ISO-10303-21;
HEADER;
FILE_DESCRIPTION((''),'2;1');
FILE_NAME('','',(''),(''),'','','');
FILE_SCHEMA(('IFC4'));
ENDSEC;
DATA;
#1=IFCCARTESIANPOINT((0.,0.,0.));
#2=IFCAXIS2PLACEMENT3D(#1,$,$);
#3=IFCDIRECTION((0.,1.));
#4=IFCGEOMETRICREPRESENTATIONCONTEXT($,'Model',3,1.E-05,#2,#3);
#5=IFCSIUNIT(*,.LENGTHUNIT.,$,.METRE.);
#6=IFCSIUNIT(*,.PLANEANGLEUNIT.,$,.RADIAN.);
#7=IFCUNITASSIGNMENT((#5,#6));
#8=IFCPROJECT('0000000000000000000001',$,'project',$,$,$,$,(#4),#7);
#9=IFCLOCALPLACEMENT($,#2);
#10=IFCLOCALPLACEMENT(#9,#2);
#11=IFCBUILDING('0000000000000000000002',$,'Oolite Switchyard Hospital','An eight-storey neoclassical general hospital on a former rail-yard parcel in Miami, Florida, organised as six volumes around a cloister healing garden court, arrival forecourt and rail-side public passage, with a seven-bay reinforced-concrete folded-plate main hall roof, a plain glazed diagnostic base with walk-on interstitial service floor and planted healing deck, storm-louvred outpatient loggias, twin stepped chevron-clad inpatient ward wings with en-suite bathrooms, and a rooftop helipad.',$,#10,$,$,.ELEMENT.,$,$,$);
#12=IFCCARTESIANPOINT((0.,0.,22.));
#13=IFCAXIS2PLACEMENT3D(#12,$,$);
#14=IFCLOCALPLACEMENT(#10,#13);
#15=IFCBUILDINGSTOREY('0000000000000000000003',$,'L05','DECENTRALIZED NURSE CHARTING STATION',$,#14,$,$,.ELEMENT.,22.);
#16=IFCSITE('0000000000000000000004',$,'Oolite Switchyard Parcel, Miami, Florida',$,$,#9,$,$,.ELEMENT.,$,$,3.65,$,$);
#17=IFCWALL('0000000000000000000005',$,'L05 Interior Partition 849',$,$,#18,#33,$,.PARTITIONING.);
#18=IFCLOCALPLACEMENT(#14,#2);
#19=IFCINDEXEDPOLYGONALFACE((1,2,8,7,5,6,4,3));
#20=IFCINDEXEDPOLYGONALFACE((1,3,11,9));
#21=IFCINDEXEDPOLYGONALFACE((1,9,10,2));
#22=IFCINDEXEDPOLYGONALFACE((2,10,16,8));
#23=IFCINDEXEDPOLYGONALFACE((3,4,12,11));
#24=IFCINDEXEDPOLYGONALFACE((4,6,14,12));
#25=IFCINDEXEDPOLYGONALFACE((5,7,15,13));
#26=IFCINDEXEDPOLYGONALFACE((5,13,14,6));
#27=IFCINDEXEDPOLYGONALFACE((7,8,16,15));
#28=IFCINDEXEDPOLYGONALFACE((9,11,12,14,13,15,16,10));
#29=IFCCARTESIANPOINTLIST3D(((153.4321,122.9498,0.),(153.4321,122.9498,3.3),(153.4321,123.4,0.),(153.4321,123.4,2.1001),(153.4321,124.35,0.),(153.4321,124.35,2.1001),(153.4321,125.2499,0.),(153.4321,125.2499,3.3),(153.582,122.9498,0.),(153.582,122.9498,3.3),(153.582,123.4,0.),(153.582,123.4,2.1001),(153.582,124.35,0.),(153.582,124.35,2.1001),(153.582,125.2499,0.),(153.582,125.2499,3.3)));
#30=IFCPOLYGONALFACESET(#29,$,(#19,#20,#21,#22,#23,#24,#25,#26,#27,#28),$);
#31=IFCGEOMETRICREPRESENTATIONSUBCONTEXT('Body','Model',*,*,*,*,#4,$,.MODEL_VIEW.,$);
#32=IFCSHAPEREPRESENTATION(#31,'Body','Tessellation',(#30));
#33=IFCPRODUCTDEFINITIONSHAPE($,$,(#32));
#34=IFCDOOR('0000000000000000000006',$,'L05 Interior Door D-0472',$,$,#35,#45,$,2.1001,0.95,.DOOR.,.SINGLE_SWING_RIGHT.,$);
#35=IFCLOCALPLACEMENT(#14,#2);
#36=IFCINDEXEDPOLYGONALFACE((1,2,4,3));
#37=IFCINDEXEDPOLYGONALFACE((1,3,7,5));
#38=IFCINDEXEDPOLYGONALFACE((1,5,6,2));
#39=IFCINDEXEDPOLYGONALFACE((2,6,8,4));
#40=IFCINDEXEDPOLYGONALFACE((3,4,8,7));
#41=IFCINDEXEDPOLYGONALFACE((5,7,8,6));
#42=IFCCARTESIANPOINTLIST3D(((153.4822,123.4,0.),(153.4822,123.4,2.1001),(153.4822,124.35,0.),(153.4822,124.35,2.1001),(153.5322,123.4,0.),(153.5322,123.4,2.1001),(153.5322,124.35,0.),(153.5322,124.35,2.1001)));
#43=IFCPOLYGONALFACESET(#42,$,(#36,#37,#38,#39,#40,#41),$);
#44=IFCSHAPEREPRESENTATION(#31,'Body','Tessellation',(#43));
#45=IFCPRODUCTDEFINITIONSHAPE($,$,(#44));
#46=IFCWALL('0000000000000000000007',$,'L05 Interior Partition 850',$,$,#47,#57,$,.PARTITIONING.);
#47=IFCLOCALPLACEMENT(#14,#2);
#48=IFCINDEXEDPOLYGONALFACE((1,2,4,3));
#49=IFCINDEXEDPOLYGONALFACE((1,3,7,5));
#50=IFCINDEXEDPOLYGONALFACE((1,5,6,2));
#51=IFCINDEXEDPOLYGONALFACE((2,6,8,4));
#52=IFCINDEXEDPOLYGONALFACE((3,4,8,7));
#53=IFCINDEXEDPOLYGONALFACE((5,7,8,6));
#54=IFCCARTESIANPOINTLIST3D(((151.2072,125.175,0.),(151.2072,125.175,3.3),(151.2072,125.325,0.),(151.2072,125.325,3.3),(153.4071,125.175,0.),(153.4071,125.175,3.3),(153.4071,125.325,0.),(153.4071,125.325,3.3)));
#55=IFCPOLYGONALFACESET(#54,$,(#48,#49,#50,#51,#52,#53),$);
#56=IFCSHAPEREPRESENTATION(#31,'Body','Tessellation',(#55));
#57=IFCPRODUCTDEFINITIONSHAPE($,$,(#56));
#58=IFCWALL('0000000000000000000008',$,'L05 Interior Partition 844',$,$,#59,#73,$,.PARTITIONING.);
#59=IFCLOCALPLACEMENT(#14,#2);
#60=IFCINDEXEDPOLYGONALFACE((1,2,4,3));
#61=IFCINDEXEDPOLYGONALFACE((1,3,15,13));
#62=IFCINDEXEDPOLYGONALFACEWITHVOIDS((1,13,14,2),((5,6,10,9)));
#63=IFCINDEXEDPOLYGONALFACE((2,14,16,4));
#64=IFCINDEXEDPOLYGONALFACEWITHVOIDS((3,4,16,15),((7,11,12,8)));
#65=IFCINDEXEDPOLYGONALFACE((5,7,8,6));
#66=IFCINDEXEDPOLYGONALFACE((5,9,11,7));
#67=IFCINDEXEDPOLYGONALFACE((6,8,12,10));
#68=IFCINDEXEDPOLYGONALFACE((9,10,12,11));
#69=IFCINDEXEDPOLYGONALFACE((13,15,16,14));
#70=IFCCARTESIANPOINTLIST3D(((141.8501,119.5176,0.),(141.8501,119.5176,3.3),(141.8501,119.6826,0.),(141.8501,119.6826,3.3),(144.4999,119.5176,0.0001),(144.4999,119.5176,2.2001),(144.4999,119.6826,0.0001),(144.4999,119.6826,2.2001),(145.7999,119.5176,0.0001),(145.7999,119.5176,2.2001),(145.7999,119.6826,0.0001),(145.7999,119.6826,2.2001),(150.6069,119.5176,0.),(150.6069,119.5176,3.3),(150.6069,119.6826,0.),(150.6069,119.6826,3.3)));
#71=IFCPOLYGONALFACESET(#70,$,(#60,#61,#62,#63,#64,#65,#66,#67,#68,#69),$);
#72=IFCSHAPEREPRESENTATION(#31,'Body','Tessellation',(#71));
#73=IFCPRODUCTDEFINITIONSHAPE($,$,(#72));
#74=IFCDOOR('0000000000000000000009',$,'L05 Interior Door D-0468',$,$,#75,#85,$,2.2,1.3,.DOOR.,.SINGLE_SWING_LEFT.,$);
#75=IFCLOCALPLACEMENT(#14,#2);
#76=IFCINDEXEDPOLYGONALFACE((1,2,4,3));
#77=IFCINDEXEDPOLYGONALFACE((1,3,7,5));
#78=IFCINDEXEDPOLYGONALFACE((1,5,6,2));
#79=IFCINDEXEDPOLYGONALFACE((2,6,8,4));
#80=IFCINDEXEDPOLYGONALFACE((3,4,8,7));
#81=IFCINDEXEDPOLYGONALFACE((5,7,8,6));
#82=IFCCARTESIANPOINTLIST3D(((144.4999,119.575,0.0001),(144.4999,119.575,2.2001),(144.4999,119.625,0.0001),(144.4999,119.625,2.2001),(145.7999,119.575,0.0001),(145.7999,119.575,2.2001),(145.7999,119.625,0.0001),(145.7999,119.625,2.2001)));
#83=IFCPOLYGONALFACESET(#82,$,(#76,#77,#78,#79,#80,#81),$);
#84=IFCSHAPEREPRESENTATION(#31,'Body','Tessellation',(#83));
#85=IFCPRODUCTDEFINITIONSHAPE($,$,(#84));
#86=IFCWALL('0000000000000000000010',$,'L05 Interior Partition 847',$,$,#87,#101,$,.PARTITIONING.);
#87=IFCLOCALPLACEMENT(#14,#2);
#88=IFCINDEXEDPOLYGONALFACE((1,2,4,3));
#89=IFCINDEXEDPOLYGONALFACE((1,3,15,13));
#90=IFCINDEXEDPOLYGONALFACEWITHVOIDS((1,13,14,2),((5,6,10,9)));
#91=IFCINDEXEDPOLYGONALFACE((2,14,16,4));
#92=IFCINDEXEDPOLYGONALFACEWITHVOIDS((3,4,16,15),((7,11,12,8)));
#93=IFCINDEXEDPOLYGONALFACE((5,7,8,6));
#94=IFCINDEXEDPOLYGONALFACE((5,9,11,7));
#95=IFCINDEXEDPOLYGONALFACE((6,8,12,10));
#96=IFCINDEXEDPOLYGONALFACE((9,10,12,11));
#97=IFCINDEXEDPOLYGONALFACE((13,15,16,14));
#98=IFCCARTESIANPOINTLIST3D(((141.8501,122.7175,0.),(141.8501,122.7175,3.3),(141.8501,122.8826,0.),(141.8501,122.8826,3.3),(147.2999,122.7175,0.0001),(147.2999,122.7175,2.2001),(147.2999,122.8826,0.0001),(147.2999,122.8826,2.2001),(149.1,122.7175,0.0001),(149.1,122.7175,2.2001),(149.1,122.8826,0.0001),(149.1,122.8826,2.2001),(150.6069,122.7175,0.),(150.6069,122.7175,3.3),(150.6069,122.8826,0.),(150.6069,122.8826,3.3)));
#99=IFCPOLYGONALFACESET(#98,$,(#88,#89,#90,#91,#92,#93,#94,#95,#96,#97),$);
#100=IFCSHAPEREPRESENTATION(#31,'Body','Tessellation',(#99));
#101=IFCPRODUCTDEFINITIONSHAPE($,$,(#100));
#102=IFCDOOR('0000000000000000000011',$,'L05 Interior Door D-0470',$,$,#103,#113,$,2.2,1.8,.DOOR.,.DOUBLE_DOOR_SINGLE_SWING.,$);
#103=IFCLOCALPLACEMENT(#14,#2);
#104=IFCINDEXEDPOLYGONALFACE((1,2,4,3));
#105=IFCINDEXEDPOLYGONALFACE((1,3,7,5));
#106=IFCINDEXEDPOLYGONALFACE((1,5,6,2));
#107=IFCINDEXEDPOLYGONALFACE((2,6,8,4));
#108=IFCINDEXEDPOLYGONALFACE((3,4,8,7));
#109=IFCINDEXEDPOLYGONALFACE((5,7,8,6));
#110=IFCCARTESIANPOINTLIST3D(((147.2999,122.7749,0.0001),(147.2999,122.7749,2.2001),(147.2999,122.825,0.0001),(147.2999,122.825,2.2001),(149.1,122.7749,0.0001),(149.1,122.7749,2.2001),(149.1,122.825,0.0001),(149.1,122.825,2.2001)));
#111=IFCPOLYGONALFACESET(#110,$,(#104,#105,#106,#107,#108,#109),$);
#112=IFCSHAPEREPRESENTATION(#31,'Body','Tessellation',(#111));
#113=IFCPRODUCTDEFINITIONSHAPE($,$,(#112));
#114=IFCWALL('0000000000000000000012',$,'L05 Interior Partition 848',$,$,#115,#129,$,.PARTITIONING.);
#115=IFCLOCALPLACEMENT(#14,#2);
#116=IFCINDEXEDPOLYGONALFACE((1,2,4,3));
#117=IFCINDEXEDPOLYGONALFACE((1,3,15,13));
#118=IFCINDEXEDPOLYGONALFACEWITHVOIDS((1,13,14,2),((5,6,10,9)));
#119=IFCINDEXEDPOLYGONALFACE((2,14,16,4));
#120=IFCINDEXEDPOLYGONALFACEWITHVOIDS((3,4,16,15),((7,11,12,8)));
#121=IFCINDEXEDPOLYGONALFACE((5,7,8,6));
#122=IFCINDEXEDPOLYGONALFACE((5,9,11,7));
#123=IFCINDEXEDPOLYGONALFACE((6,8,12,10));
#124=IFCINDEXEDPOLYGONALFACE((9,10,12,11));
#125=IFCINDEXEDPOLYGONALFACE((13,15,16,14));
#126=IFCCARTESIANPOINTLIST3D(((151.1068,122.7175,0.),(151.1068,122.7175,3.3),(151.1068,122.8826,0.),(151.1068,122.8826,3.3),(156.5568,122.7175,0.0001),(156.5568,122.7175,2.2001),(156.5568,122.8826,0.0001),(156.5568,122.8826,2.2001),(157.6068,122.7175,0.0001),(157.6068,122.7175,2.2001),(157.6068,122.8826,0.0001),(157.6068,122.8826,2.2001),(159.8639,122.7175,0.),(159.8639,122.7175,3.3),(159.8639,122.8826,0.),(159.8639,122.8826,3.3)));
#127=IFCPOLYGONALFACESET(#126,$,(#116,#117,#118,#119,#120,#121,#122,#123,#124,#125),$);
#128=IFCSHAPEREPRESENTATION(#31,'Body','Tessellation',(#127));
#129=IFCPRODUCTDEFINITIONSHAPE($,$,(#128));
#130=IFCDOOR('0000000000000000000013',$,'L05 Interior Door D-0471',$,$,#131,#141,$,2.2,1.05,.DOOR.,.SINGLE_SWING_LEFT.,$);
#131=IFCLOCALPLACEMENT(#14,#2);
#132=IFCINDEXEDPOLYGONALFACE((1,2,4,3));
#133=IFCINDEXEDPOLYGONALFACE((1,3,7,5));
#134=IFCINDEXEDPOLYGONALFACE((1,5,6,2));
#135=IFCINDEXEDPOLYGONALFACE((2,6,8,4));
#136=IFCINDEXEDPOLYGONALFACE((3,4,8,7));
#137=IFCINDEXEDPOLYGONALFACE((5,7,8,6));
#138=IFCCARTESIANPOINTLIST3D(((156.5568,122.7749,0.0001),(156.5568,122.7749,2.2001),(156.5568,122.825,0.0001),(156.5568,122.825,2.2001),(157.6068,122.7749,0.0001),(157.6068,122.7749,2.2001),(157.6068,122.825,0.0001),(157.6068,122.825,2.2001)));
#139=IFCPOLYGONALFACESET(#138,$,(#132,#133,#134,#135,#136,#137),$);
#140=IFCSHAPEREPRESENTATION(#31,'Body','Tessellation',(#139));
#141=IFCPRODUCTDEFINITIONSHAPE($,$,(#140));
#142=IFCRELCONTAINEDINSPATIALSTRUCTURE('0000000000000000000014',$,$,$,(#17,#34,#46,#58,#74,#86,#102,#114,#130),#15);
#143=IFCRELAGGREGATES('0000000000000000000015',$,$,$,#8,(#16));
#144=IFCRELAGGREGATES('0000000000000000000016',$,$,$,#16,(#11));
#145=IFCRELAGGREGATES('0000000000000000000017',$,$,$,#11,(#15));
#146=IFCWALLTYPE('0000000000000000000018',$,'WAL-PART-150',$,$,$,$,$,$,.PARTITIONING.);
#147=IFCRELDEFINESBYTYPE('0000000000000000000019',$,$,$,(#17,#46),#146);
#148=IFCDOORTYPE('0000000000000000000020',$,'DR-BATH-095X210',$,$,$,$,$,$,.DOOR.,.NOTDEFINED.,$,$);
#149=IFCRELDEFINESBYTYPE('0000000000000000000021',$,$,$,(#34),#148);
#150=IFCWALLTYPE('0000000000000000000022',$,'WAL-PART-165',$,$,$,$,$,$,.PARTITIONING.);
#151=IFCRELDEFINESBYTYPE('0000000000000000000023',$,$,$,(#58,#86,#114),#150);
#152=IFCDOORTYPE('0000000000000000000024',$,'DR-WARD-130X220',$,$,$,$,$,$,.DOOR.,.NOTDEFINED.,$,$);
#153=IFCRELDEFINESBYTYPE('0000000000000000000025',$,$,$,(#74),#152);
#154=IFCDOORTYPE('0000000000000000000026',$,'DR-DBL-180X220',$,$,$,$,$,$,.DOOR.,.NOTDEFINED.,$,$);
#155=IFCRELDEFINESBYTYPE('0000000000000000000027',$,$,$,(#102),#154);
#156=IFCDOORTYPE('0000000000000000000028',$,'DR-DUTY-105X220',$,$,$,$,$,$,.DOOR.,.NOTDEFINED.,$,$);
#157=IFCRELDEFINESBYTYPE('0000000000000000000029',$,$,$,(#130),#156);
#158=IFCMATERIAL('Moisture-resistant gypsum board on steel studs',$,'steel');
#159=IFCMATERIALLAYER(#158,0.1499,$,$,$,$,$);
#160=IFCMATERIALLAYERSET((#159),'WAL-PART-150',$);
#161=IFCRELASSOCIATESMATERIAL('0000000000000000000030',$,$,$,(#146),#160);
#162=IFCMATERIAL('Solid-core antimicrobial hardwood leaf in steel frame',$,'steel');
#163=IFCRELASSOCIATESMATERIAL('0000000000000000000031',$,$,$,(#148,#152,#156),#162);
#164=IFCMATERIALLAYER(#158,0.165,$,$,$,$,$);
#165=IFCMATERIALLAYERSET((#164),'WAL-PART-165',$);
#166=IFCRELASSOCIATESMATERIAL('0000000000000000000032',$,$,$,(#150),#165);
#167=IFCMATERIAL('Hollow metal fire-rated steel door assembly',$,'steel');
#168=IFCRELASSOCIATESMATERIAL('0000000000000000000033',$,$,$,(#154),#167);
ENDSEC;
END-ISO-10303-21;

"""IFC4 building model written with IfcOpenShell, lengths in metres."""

from ifc_helpers import new_model, si_unit, direction, frame, frame_2d, origin, place, context, subcontext, project, spatial, rectangle, extrude, material, layer, layer_set, type_object, element, fill, save


model = new_model("IFC4")

# Units and contexts
model_context = context("Model", 3, precision=1e-05, world=origin(), true_north=direction((0.0, 1.0)))
body_context = subcontext(model_context, "Body", "Model", "MODEL_VIEW")
ifc_project = project(units=[si_unit("LENGTHUNIT", "METRE"), si_unit("PLANEANGLEUNIT", "RADIAN")], contexts=[model_context])

# Site, building, storey
site_placement = place(None, origin())
site = spatial("IfcSite", under=ifc_project, at=site_placement, Name="Oolite Switchyard Parcel, Miami, Florida", CompositionType="ELEMENT", RefElevation=3.65)
building_placement = place(site_placement, origin())
building = spatial("IfcBuilding", under=site, at=building_placement, Name="Oolite Switchyard Hospital", Description="An eight-storey neoclassical general hospital on a former rail-yard parcel in Miami, Florida, organised as six volumes around a cloister healing garden court, arrival forecourt and rail-side public passage, with a seven-bay reinforced-concrete folded-plate main hall roof, a plain glazed diagnostic base with walk-on interstitial service floor and planted healing deck, storm-louvred outpatient loggias, twin stepped chevron-clad inpatient ward wings with en-suite bathrooms, and a rooftop helipad.", CompositionType="ELEMENT")
storey_placement = place(building_placement, frame((0.0, 0.0, 22.0)))
storey = spatial("IfcBuildingStorey", under=building, at=storey_placement, Name="L05", Description="DECENTRALIZED NURSE CHARTING STATION", CompositionType="ELEMENT", Elevation=22.0)

# Shared definitions
ifc_material_1 = material(Name="Moisture-resistant gypsum board on steel studs", Category="steel")

# Wall, opening, door
ifc_layer_1 = layer(ifc_material_1, 0.1499)
ifc_layer_set_1 = layer_set([ifc_layer_1], Name="WAL-PART-150")
wall_type_1 = type_object("IfcWallType", Name="WAL-PART-150", PredefinedType="PARTITIONING", material=ifc_layer_set_1)
wall_1_placement = place(storey_placement, frame((153.5071, 122.95, 0.0), z_axis=(0.0, 0.0, 1.0), x_axis=(0.0, 1.0, 0.0)))
wall_1 = element("IfcWall", 1, at=wall_1_placement, inside=storey, type_object=wall_type_1, Name="L05 Interior Partition 849", PredefinedType="PARTITIONING", context=body_context, shape_type="SweptSolid", body=[
    extrude(rectangle(XDim=2.3, YDim=0.1499, at=frame_2d((1.1499, 0.0))), origin(), (0.0, 0.0, 1.0), 3.3),
])
opening_1_placement = place(wall_1_placement, frame((0.45, 0.0, 0.0)))
opening_1 = element("IfcOpeningElement", 2, at=opening_1_placement, cuts=wall_1, PredefinedType="OPENING", context=body_context, shape_type="SweptSolid", body=[
    extrude(rectangle(XDim=0.95, YDim=2.1001, at=frame_2d((0.4751, 1.05))), frame((0.0, 0.085, 0.0), z_axis=(0.0, -1.0, 0.0), x_axis=(1.0, 0.0, 0.0)), (0.0, 0.0, 1.0), 0.1699),
])
ifc_material_2 = material(Name="Solid-core antimicrobial hardwood leaf in steel frame", Category="steel")
door_type_1 = type_object("IfcDoorType", Name="DR-BATH-095X210", OperationType="NOTDEFINED", PredefinedType="DOOR", material=ifc_material_2)
door_1_placement = place(opening_1_placement, origin())
door_1 = element("IfcDoor", 3, at=door_1_placement, inside=storey, type_object=door_type_1, Name="L05 Interior Door D-0472", OperationType="SINGLE_SWING_RIGHT", OverallHeight=2.1001, OverallWidth=0.95, PredefinedType="DOOR", context=body_context, shape_type="SweptSolid", body=[
    extrude(rectangle(XDim=0.95, YDim=2.1001, at=frame_2d((0.4751, 1.05))), frame((0.0, 0.0249, 0.0), z_axis=(0.0, -1.0, 0.0), x_axis=(1.0, 0.0, 0.0)), (0.0, 0.0, 1.0), 0.05),
])
fill(opening_1, door_1)

# Wall
wall_2_placement = place(storey_placement, frame((151.207, 125.25, 0.0), z_axis=(0.0, 0.0, 1.0), x_axis=(1.0, 0.0, 0.0)))
element("IfcWall", 4, at=wall_2_placement, inside=storey, type_object=wall_type_1, Name="L05 Interior Partition 850", PredefinedType="PARTITIONING", context=body_context, shape_type="SweptSolid", body=[
    extrude(rectangle(XDim=2.2, YDim=0.1499, at=frame_2d((1.1001, 0.0))), origin(), (0.0, 0.0, 1.0), 3.3),
])

# Walls, openings, doors
ifc_layer_2 = layer(ifc_material_1, 0.165)
ifc_layer_set_2 = layer_set([ifc_layer_2], Name="WAL-PART-165")
wall_type_2 = type_object("IfcWallType", Name="WAL-PART-165", PredefinedType="PARTITIONING", material=ifc_layer_set_2)
wall_3_placement = place(storey_placement, frame((141.8501, 119.6001, 0.0), z_axis=(0.0, 0.0, 1.0), x_axis=(1.0, 0.0, 0.0)))
wall_3 = element("IfcWall", 5, at=wall_3_placement, inside=storey, type_object=wall_type_2, Name="L05 Interior Partition 844", PredefinedType="PARTITIONING", context=body_context, shape_type="SweptSolid", body=[
    extrude(rectangle(XDim=8.7568, YDim=0.165, at=frame_2d((4.3784, 0.0))), origin(), (0.0, 0.0, 1.0), 3.3),
])
opening_2_placement = place(wall_3_placement, frame((2.6499, 0.0, 0.0)))
opening_2 = element("IfcOpeningElement", 6, at=opening_2_placement, cuts=wall_3, PredefinedType="OPENING", context=body_context, shape_type="SweptSolid", body=[
    extrude(rectangle(XDim=1.3, YDim=2.2, at=frame_2d((0.6499, 1.1001))), frame((0.0, 0.0925, 0.0), z_axis=(0.0, -1.0, 0.0), x_axis=(1.0, 0.0, 0.0)), (0.0, 0.0, 1.0), 0.1851),
])
door_type_2 = type_object("IfcDoorType", Name="DR-WARD-130X220", OperationType="NOTDEFINED", PredefinedType="DOOR", material=ifc_material_2)
door_2_placement = place(opening_2_placement, origin())
door_2 = element("IfcDoor", 7, at=door_2_placement, inside=storey, type_object=door_type_2, Name="L05 Interior Door D-0468", OperationType="SINGLE_SWING_LEFT", OverallHeight=2.2, OverallWidth=1.3, PredefinedType="DOOR", context=body_context, shape_type="SweptSolid", body=[
    extrude(rectangle(XDim=1.3, YDim=2.2, at=frame_2d((0.6499, 1.1001))), frame((0.0, 0.0249, 0.0), z_axis=(0.0, -1.0, 0.0), x_axis=(1.0, 0.0, 0.0)), (0.0, 0.0, 1.0), 0.05),
])
fill(opening_2, door_2)
wall_4_placement = place(storey_placement, frame((141.8501, 122.8, 0.0), z_axis=(0.0, 0.0, 1.0), x_axis=(1.0, 0.0, 0.0)))
wall_4 = element("IfcWall", 8, at=wall_4_placement, inside=storey, type_object=wall_type_2, Name="L05 Interior Partition 847", PredefinedType="PARTITIONING", context=body_context, shape_type="SweptSolid", body=[
    extrude(rectangle(XDim=8.7568, YDim=0.165, at=frame_2d((4.3784, 0.0))), origin(), (0.0, 0.0, 1.0), 3.3),
])
opening_3_placement = place(wall_4_placement, frame((5.45, 0.0, 0.0)))
opening_3 = element("IfcOpeningElement", 9, at=opening_3_placement, cuts=wall_4, PredefinedType="OPENING", context=body_context, shape_type="SweptSolid", body=[
    extrude(rectangle(XDim=1.8, YDim=2.2, at=frame_2d((0.8999, 1.1001))), frame((0.0, 0.0925, 0.0), z_axis=(0.0, -1.0, 0.0), x_axis=(1.0, 0.0, 0.0)), (0.0, 0.0, 1.0), 0.1851),
])
ifc_material_3 = material(Name="Hollow metal fire-rated steel door assembly", Category="steel")
door_type_3 = type_object("IfcDoorType", Name="DR-DBL-180X220", OperationType="NOTDEFINED", PredefinedType="DOOR", material=ifc_material_3)
door_3_placement = place(opening_3_placement, origin())
door_3 = element("IfcDoor", 10, at=door_3_placement, inside=storey, type_object=door_type_3, Name="L05 Interior Door D-0470", OperationType="DOUBLE_DOOR_SINGLE_SWING", OverallHeight=2.2, OverallWidth=1.8, PredefinedType="DOOR", context=body_context, shape_type="SweptSolid", body=[
    extrude(rectangle(XDim=1.8, YDim=2.2, at=frame_2d((0.8999, 1.1001))), frame((0.0, 0.0249, 0.0), z_axis=(0.0, -1.0, 0.0), x_axis=(1.0, 0.0, 0.0)), (0.0, 0.0, 1.0), 0.05),
])
fill(opening_3, door_3)
wall_5_placement = place(storey_placement, frame((151.1069, 122.8, 0.0), z_axis=(0.0, 0.0, 1.0), x_axis=(1.0, 0.0, 0.0)))
wall_5 = element("IfcWall", 11, at=wall_5_placement, inside=storey, type_object=wall_type_2, Name="L05 Interior Partition 848", PredefinedType="PARTITIONING", context=body_context, shape_type="SweptSolid", body=[
    extrude(rectangle(XDim=8.7571, YDim=0.165, at=frame_2d((4.3784, 0.0))), origin(), (0.0, 0.0, 1.0), 3.3),
])
opening_4_placement = place(wall_5_placement, frame((5.45, 0.0, 0.0)))
opening_4 = element("IfcOpeningElement", 12, at=opening_4_placement, cuts=wall_5, PredefinedType="OPENING", context=body_context, shape_type="SweptSolid", body=[
    extrude(rectangle(XDim=1.05, YDim=2.2, at=frame_2d((0.5249, 1.1001))), frame((0.0, 0.0925, 0.0), z_axis=(0.0, -1.0, 0.0), x_axis=(1.0, 0.0, 0.0)), (0.0, 0.0, 1.0), 0.1851),
])
door_type_4 = type_object("IfcDoorType", Name="DR-DUTY-105X220", OperationType="NOTDEFINED", PredefinedType="DOOR", material=ifc_material_2)
door_4_placement = place(opening_4_placement, origin())
door_4 = element("IfcDoor", 13, at=door_4_placement, inside=storey, type_object=door_type_4, Name="L05 Interior Door D-0471", OperationType="SINGLE_SWING_LEFT", OverallHeight=2.2, OverallWidth=1.05, PredefinedType="DOOR", context=body_context, shape_type="SweptSolid", body=[
    extrude(rectangle(XDim=1.05, YDim=2.2, at=frame_2d((0.5249, 1.1001))), frame((0.0, 0.0249, 0.0), z_axis=(0.0, -1.0, 0.0), x_axis=(1.0, 0.0, 0.0)), (0.0, 0.0, 1.0), 0.05),
])
fill(opening_4, door_4)

save(model, "model.ifc")
